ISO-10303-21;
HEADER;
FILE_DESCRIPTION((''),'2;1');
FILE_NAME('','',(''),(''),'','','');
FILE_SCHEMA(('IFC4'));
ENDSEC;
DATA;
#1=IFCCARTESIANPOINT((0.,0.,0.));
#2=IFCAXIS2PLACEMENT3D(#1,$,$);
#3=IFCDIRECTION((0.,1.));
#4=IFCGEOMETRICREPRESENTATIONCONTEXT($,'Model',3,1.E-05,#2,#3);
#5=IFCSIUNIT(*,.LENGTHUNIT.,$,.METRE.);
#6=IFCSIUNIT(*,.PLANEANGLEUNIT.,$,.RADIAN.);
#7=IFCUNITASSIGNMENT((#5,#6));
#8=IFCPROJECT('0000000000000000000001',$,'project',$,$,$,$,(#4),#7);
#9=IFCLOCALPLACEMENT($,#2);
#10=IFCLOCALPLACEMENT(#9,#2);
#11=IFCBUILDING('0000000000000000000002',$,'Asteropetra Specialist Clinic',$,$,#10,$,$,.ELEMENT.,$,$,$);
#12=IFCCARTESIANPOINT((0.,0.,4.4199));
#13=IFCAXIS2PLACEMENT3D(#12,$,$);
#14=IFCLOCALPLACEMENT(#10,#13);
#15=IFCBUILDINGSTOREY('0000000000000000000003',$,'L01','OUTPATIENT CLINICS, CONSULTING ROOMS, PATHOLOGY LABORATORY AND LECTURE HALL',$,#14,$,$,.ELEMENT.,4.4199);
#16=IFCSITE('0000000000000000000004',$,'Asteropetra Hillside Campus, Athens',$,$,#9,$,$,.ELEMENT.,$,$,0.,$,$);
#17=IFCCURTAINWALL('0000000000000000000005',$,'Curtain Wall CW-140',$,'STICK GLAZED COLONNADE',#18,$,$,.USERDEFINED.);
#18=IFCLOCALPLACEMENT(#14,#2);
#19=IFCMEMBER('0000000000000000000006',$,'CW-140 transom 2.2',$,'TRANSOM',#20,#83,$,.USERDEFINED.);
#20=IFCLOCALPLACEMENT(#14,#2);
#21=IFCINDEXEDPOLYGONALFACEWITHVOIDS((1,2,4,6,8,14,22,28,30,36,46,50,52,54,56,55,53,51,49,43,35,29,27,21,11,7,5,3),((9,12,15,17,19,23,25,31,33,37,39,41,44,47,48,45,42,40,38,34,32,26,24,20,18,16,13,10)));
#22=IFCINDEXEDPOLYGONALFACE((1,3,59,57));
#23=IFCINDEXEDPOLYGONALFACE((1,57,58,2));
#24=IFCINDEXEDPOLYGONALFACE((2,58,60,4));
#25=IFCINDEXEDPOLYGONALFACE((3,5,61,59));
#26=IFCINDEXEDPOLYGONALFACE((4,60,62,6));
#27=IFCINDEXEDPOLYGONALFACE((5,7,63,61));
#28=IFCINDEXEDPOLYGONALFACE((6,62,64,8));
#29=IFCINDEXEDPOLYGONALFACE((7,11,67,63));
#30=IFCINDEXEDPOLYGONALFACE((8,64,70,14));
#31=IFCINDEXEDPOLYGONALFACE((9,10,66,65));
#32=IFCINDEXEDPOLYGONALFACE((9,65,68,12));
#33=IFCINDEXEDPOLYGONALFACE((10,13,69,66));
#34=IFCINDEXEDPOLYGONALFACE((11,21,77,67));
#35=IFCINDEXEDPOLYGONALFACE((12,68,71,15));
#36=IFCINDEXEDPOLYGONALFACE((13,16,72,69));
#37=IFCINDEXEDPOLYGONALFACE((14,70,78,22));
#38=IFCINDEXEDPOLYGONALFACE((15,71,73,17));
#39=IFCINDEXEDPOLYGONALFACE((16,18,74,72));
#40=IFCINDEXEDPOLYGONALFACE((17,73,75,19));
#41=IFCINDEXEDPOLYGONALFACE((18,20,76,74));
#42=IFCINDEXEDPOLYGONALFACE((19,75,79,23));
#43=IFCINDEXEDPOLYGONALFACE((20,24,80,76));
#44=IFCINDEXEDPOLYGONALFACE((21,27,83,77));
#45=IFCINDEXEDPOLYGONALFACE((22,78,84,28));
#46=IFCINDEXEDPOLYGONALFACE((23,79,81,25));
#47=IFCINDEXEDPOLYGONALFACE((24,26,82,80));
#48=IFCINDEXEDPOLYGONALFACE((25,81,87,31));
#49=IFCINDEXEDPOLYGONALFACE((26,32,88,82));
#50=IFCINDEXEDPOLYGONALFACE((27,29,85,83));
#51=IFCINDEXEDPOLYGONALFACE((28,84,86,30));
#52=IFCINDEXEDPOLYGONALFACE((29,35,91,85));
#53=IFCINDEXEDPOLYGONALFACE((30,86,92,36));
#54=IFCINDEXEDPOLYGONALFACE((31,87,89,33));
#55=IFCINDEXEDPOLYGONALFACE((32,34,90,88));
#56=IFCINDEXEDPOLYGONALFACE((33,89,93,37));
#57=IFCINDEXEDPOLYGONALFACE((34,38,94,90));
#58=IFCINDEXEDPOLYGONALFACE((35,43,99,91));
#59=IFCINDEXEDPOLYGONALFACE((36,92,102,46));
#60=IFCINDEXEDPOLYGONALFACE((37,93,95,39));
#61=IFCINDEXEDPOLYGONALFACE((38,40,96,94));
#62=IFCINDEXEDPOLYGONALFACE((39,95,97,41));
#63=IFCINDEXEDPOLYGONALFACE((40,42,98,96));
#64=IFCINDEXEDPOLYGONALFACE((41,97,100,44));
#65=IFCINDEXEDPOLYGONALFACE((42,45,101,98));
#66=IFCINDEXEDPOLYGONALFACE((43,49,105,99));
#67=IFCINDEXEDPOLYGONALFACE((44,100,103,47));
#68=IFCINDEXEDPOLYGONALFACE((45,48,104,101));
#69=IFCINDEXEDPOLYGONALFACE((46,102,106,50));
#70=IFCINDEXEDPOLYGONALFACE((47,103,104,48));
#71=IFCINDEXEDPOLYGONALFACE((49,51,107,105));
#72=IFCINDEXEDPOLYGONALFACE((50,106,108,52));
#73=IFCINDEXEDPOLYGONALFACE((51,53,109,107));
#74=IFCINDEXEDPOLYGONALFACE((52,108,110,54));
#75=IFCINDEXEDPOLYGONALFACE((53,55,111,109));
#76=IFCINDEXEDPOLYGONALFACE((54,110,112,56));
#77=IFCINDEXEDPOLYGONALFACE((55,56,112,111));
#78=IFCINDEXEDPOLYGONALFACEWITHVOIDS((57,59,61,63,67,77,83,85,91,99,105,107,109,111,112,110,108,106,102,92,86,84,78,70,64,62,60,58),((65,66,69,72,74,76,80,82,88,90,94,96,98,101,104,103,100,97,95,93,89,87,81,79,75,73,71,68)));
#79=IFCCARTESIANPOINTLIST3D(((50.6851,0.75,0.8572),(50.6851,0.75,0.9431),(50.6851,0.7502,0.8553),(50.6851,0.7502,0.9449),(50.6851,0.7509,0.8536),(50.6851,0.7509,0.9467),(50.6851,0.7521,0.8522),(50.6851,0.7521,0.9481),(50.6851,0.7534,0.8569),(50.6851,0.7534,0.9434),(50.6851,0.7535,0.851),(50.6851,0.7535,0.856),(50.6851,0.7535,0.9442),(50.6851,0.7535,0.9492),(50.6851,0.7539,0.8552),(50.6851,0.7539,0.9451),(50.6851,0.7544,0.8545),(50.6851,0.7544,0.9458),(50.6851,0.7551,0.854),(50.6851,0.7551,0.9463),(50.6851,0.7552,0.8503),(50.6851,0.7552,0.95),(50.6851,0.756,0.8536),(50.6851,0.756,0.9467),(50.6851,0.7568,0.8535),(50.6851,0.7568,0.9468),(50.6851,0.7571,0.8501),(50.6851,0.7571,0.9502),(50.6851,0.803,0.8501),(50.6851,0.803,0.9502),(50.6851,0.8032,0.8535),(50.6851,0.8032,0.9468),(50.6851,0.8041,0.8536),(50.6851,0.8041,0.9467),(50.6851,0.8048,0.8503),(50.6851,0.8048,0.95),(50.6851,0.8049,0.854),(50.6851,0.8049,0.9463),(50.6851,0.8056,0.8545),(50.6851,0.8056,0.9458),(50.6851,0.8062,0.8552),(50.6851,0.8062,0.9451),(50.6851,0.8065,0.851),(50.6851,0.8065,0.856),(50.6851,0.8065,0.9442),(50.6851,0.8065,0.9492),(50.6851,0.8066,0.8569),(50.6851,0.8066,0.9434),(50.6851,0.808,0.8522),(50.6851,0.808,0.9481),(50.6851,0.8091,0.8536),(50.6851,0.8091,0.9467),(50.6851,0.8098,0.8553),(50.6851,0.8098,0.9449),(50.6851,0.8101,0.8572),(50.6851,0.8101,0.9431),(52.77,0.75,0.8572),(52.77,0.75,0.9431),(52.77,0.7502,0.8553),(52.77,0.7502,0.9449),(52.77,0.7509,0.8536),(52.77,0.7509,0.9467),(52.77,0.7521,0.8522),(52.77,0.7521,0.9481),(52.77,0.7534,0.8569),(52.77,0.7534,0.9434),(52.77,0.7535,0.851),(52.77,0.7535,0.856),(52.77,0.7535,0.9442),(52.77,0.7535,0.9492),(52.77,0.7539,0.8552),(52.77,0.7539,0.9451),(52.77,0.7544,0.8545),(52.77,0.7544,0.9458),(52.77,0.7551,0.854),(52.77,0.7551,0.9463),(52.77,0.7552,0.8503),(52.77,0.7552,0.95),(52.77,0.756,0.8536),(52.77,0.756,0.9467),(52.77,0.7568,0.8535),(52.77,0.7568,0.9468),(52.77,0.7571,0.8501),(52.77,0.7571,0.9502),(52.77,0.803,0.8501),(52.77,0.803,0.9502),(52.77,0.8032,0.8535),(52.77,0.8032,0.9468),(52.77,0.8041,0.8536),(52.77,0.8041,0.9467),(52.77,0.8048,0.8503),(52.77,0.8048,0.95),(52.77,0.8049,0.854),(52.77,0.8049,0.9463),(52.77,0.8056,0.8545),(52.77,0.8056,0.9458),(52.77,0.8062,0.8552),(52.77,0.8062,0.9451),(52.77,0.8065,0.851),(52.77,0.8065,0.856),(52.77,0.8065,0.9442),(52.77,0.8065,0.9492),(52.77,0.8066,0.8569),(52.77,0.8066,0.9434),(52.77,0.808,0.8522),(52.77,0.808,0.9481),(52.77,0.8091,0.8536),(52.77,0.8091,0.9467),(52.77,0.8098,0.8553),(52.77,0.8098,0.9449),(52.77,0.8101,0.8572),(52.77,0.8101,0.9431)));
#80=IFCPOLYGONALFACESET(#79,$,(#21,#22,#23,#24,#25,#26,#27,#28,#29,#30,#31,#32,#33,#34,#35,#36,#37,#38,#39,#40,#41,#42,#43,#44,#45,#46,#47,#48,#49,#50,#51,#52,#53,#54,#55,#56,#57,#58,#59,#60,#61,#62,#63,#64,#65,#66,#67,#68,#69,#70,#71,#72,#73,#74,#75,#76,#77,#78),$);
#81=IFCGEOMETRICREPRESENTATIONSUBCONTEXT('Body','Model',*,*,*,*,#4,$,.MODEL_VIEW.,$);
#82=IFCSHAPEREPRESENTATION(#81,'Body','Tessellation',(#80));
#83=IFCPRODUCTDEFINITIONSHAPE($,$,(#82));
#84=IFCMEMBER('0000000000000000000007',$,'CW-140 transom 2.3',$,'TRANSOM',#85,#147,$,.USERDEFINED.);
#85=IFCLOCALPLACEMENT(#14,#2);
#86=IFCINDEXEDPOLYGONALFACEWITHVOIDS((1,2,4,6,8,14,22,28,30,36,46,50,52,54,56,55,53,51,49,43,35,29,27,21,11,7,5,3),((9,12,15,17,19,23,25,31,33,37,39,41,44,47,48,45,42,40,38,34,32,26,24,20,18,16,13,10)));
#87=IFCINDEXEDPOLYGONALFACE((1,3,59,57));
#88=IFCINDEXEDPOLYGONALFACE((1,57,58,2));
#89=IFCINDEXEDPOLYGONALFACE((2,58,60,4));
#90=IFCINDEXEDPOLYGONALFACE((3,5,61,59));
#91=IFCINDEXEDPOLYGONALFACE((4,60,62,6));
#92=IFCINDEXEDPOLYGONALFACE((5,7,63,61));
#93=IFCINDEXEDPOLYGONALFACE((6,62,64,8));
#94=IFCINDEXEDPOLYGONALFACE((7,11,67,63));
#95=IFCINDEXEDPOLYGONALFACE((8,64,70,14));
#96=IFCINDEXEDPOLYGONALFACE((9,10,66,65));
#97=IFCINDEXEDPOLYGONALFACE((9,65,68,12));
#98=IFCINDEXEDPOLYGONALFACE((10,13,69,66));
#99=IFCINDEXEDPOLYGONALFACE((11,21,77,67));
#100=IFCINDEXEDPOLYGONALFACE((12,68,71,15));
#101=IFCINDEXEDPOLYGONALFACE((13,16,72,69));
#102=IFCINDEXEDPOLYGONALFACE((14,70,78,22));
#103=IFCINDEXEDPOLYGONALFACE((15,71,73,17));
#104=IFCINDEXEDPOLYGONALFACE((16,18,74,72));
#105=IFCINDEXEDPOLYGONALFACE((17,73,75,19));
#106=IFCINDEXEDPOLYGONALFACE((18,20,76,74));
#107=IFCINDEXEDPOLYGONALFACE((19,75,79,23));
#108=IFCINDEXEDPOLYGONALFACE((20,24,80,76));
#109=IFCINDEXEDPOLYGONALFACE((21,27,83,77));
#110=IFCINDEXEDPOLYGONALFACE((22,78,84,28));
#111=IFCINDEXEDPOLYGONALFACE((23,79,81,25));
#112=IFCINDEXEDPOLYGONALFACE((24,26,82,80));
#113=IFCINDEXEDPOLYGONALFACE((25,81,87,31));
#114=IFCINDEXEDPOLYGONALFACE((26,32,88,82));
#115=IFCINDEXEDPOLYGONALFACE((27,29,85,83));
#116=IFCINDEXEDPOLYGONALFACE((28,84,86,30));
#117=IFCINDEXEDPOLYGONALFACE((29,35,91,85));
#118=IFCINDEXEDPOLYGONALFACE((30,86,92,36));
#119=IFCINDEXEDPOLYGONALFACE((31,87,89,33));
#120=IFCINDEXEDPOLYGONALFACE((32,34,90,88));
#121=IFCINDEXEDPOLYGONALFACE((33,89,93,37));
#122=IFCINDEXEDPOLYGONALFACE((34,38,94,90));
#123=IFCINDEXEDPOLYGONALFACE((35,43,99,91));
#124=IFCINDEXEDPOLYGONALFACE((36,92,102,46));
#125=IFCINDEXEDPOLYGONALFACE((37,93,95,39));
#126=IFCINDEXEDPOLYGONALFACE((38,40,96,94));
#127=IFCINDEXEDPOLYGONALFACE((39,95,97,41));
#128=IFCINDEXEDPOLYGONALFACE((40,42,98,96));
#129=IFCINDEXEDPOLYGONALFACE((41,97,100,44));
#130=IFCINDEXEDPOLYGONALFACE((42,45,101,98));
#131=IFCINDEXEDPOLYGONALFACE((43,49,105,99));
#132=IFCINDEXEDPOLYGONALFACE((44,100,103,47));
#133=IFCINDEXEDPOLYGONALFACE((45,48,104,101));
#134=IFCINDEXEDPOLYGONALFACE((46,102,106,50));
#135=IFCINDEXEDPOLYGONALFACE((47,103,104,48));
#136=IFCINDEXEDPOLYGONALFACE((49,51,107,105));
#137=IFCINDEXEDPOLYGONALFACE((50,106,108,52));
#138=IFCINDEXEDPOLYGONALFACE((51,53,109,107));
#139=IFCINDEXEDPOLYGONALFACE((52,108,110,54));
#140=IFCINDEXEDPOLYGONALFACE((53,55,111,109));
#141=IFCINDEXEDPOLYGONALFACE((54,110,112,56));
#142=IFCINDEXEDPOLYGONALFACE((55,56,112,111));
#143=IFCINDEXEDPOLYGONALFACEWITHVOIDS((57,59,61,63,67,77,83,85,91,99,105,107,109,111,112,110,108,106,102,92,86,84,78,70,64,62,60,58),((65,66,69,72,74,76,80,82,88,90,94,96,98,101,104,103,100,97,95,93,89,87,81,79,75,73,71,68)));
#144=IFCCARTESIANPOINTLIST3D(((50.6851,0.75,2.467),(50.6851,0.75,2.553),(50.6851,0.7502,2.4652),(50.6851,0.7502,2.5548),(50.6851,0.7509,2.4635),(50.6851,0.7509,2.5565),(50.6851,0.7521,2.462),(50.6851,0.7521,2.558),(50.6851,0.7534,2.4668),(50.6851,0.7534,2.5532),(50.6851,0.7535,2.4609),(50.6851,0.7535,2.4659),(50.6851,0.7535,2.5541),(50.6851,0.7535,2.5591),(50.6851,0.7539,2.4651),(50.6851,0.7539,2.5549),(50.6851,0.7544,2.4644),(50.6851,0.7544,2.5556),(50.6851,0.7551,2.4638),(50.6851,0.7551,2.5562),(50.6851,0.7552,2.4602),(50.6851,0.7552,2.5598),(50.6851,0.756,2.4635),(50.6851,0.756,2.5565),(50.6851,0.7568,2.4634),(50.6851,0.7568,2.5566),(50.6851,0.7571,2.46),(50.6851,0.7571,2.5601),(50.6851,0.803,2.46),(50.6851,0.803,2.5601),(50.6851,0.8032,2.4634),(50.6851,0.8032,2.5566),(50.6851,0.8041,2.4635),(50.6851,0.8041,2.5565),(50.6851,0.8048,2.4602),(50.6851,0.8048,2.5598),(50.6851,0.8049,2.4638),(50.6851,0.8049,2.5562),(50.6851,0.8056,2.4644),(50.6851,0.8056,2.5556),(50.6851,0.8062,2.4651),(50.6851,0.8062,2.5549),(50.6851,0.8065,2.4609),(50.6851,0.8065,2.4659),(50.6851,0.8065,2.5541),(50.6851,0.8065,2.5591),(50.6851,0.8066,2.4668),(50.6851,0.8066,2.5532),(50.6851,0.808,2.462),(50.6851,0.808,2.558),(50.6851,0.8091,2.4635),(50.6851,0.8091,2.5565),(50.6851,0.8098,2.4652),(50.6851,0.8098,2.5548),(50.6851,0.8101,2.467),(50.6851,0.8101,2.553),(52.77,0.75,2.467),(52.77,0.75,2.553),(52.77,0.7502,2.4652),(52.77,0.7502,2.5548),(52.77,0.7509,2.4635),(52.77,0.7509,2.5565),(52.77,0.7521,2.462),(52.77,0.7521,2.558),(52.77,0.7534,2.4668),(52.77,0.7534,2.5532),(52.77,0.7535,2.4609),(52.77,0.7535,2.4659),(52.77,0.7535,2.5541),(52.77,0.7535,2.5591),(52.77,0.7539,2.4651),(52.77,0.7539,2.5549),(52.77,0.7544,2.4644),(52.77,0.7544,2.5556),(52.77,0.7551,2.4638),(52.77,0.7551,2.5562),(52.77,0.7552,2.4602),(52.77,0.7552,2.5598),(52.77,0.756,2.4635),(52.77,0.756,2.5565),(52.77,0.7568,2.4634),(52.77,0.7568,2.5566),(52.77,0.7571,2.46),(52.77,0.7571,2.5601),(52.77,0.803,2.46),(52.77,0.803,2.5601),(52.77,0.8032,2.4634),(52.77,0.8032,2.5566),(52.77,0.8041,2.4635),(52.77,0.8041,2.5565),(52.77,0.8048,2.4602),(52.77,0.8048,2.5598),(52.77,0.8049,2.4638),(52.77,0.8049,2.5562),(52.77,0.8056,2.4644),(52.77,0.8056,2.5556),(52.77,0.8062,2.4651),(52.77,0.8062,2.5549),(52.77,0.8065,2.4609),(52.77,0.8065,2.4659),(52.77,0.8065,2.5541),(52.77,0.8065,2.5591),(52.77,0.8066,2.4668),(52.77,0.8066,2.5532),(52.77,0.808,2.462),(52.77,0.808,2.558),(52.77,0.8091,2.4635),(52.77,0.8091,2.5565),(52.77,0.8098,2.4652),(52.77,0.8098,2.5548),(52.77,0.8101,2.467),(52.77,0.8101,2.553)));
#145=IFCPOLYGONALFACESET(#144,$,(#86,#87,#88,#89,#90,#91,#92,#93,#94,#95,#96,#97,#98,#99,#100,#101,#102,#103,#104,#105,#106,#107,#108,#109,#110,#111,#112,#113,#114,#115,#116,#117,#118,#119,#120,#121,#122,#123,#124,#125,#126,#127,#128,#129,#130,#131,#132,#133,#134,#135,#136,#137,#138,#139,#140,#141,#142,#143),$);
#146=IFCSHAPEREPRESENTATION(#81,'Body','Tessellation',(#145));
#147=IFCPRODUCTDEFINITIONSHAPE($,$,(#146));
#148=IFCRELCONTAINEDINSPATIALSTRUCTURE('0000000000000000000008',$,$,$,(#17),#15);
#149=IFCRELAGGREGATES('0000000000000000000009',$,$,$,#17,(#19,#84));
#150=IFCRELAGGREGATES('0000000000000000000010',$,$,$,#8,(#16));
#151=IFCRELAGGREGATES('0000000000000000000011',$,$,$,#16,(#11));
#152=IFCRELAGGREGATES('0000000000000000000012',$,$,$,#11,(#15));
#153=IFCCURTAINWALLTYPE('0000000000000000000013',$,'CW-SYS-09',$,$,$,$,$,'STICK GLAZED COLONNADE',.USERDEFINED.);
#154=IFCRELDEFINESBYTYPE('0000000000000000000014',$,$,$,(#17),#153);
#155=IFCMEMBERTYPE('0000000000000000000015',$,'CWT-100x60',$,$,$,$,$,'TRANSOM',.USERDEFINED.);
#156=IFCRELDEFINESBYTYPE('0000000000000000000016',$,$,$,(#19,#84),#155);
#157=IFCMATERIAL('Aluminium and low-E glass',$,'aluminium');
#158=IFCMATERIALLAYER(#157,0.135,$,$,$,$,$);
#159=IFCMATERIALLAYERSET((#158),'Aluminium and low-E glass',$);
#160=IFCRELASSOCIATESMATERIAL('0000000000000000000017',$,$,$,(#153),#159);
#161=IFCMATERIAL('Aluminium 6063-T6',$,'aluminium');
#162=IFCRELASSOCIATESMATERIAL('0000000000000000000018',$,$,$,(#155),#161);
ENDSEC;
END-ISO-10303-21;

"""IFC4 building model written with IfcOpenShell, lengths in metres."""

from ifc_helpers import new_model, si_unit, direction, frame, origin, origin_2d, place, context, subcontext, project, spatial, hollow_rectangle, extrude, material, layer, layer_set, material_profile, profile_set, type_object, element, aggregate, save


model = new_model("IFC4")

# Units and contexts
model_context = context("Model", 3, precision=1e-05, world=origin(), true_north=direction((0.0, 1.0)))
body_context = subcontext(model_context, "Body", "Model", "MODEL_VIEW")
ifc_project = project(units=[si_unit("LENGTHUNIT", "METRE"), si_unit("PLANEANGLEUNIT", "RADIAN")], contexts=[model_context])

# Site, building, storey
site_placement = place(None, origin())
site = spatial("IfcSite", under=ifc_project, at=site_placement, Name="Asteropetra Hillside Campus, Athens", CompositionType="ELEMENT", RefElevation=0.0)
building_placement = place(site_placement, origin())
building = spatial("IfcBuilding", under=site, at=building_placement, Name="Asteropetra Specialist Clinic", CompositionType="ELEMENT")
storey_placement = place(building_placement, frame((0.0, 0.0, 4.4199)))
storey = spatial("IfcBuildingStorey", under=building, at=storey_placement, Name="L01", Description="OUTPATIENT CLINICS, CONSULTING ROOMS, PATHOLOGY LABORATORY AND LECTURE HALL", CompositionType="ELEMENT", Elevation=4.4199)

# Curtain wall, members
ifc_material_1 = material(Name="Aluminium and low-E glass", Category="aluminium")
ifc_layer_1 = layer(ifc_material_1, 0.135)
ifc_layer_set_1 = layer_set([ifc_layer_1], Name="Aluminium and low-E glass")
curtain_wall_type = type_object("IfcCurtainWallType", Name="CW-SYS-09", ElementType="STICK GLAZED COLONNADE", PredefinedType="USERDEFINED", material=ifc_layer_set_1)
curtain_wall_placement = place(storey_placement, origin())
curtain_wall = element("IfcCurtainWall", 1, at=curtain_wall_placement, inside=storey, type_object=curtain_wall_type, Name="Curtain Wall CW-140", ObjectType="STICK GLAZED COLONNADE", PredefinedType="USERDEFINED")
ifc_material_2 = material(Name="Aluminium 6063-T6", Category="aluminium")
ifc_material_profile_1 = material_profile(ifc_material_2, hollow_rectangle(XDim=0.0601, YDim=0.1001, WallThickness=0.0034, InnerFilletRadius=0.0034, OuterFilletRadius=0.0071, at=origin_2d()), Name="TRN 100x60x3.5")
ifc_profile_set_1 = profile_set([ifc_material_profile_1], Name="Aluminium 6063-T6")
member_type_1 = type_object("IfcMemberType", Name="CWT-100x60", ElementType="TRANSOM", PredefinedType="USERDEFINED", material=ifc_profile_set_1)
member_1_placement = place(storey_placement, frame((50.6851, 0.78, 0.9001), z_axis=(1.0, 0.0, 0.0), x_axis=(0.0, 1.0, 0.0)))
member_1 = element("IfcMember", 2, at=member_1_placement, type_object=member_type_1, Name="CW-140 transom 2.2", ObjectType="TRANSOM", PredefinedType="USERDEFINED", context=body_context, shape_type="SweptSolid", body=[
    extrude(hollow_rectangle(XDim=0.0601, YDim=0.1001, WallThickness=0.0034, InnerFilletRadius=0.0034, OuterFilletRadius=0.0071, at=origin_2d()), origin(), (0.0, 0.0, 1.0), 2.085),
])
member_2_placement = place(storey_placement, frame((50.6851, 0.78, 2.51), z_axis=(1.0, 0.0, 0.0), x_axis=(0.0, 1.0, 0.0)))
member_2 = element("IfcMember", 3, at=member_2_placement, type_object=member_type_1, Name="CW-140 transom 2.3", ObjectType="TRANSOM", PredefinedType="USERDEFINED", context=body_context, shape_type="SweptSolid", body=[
    extrude(hollow_rectangle(XDim=0.0601, YDim=0.1001, WallThickness=0.0034, InnerFilletRadius=0.0034, OuterFilletRadius=0.0071, at=origin_2d()), origin(), (0.0, 0.0, 1.0), 2.085),
])

aggregate(curtain_wall, [member_1, member_2])

save(model, "model.ifc")
